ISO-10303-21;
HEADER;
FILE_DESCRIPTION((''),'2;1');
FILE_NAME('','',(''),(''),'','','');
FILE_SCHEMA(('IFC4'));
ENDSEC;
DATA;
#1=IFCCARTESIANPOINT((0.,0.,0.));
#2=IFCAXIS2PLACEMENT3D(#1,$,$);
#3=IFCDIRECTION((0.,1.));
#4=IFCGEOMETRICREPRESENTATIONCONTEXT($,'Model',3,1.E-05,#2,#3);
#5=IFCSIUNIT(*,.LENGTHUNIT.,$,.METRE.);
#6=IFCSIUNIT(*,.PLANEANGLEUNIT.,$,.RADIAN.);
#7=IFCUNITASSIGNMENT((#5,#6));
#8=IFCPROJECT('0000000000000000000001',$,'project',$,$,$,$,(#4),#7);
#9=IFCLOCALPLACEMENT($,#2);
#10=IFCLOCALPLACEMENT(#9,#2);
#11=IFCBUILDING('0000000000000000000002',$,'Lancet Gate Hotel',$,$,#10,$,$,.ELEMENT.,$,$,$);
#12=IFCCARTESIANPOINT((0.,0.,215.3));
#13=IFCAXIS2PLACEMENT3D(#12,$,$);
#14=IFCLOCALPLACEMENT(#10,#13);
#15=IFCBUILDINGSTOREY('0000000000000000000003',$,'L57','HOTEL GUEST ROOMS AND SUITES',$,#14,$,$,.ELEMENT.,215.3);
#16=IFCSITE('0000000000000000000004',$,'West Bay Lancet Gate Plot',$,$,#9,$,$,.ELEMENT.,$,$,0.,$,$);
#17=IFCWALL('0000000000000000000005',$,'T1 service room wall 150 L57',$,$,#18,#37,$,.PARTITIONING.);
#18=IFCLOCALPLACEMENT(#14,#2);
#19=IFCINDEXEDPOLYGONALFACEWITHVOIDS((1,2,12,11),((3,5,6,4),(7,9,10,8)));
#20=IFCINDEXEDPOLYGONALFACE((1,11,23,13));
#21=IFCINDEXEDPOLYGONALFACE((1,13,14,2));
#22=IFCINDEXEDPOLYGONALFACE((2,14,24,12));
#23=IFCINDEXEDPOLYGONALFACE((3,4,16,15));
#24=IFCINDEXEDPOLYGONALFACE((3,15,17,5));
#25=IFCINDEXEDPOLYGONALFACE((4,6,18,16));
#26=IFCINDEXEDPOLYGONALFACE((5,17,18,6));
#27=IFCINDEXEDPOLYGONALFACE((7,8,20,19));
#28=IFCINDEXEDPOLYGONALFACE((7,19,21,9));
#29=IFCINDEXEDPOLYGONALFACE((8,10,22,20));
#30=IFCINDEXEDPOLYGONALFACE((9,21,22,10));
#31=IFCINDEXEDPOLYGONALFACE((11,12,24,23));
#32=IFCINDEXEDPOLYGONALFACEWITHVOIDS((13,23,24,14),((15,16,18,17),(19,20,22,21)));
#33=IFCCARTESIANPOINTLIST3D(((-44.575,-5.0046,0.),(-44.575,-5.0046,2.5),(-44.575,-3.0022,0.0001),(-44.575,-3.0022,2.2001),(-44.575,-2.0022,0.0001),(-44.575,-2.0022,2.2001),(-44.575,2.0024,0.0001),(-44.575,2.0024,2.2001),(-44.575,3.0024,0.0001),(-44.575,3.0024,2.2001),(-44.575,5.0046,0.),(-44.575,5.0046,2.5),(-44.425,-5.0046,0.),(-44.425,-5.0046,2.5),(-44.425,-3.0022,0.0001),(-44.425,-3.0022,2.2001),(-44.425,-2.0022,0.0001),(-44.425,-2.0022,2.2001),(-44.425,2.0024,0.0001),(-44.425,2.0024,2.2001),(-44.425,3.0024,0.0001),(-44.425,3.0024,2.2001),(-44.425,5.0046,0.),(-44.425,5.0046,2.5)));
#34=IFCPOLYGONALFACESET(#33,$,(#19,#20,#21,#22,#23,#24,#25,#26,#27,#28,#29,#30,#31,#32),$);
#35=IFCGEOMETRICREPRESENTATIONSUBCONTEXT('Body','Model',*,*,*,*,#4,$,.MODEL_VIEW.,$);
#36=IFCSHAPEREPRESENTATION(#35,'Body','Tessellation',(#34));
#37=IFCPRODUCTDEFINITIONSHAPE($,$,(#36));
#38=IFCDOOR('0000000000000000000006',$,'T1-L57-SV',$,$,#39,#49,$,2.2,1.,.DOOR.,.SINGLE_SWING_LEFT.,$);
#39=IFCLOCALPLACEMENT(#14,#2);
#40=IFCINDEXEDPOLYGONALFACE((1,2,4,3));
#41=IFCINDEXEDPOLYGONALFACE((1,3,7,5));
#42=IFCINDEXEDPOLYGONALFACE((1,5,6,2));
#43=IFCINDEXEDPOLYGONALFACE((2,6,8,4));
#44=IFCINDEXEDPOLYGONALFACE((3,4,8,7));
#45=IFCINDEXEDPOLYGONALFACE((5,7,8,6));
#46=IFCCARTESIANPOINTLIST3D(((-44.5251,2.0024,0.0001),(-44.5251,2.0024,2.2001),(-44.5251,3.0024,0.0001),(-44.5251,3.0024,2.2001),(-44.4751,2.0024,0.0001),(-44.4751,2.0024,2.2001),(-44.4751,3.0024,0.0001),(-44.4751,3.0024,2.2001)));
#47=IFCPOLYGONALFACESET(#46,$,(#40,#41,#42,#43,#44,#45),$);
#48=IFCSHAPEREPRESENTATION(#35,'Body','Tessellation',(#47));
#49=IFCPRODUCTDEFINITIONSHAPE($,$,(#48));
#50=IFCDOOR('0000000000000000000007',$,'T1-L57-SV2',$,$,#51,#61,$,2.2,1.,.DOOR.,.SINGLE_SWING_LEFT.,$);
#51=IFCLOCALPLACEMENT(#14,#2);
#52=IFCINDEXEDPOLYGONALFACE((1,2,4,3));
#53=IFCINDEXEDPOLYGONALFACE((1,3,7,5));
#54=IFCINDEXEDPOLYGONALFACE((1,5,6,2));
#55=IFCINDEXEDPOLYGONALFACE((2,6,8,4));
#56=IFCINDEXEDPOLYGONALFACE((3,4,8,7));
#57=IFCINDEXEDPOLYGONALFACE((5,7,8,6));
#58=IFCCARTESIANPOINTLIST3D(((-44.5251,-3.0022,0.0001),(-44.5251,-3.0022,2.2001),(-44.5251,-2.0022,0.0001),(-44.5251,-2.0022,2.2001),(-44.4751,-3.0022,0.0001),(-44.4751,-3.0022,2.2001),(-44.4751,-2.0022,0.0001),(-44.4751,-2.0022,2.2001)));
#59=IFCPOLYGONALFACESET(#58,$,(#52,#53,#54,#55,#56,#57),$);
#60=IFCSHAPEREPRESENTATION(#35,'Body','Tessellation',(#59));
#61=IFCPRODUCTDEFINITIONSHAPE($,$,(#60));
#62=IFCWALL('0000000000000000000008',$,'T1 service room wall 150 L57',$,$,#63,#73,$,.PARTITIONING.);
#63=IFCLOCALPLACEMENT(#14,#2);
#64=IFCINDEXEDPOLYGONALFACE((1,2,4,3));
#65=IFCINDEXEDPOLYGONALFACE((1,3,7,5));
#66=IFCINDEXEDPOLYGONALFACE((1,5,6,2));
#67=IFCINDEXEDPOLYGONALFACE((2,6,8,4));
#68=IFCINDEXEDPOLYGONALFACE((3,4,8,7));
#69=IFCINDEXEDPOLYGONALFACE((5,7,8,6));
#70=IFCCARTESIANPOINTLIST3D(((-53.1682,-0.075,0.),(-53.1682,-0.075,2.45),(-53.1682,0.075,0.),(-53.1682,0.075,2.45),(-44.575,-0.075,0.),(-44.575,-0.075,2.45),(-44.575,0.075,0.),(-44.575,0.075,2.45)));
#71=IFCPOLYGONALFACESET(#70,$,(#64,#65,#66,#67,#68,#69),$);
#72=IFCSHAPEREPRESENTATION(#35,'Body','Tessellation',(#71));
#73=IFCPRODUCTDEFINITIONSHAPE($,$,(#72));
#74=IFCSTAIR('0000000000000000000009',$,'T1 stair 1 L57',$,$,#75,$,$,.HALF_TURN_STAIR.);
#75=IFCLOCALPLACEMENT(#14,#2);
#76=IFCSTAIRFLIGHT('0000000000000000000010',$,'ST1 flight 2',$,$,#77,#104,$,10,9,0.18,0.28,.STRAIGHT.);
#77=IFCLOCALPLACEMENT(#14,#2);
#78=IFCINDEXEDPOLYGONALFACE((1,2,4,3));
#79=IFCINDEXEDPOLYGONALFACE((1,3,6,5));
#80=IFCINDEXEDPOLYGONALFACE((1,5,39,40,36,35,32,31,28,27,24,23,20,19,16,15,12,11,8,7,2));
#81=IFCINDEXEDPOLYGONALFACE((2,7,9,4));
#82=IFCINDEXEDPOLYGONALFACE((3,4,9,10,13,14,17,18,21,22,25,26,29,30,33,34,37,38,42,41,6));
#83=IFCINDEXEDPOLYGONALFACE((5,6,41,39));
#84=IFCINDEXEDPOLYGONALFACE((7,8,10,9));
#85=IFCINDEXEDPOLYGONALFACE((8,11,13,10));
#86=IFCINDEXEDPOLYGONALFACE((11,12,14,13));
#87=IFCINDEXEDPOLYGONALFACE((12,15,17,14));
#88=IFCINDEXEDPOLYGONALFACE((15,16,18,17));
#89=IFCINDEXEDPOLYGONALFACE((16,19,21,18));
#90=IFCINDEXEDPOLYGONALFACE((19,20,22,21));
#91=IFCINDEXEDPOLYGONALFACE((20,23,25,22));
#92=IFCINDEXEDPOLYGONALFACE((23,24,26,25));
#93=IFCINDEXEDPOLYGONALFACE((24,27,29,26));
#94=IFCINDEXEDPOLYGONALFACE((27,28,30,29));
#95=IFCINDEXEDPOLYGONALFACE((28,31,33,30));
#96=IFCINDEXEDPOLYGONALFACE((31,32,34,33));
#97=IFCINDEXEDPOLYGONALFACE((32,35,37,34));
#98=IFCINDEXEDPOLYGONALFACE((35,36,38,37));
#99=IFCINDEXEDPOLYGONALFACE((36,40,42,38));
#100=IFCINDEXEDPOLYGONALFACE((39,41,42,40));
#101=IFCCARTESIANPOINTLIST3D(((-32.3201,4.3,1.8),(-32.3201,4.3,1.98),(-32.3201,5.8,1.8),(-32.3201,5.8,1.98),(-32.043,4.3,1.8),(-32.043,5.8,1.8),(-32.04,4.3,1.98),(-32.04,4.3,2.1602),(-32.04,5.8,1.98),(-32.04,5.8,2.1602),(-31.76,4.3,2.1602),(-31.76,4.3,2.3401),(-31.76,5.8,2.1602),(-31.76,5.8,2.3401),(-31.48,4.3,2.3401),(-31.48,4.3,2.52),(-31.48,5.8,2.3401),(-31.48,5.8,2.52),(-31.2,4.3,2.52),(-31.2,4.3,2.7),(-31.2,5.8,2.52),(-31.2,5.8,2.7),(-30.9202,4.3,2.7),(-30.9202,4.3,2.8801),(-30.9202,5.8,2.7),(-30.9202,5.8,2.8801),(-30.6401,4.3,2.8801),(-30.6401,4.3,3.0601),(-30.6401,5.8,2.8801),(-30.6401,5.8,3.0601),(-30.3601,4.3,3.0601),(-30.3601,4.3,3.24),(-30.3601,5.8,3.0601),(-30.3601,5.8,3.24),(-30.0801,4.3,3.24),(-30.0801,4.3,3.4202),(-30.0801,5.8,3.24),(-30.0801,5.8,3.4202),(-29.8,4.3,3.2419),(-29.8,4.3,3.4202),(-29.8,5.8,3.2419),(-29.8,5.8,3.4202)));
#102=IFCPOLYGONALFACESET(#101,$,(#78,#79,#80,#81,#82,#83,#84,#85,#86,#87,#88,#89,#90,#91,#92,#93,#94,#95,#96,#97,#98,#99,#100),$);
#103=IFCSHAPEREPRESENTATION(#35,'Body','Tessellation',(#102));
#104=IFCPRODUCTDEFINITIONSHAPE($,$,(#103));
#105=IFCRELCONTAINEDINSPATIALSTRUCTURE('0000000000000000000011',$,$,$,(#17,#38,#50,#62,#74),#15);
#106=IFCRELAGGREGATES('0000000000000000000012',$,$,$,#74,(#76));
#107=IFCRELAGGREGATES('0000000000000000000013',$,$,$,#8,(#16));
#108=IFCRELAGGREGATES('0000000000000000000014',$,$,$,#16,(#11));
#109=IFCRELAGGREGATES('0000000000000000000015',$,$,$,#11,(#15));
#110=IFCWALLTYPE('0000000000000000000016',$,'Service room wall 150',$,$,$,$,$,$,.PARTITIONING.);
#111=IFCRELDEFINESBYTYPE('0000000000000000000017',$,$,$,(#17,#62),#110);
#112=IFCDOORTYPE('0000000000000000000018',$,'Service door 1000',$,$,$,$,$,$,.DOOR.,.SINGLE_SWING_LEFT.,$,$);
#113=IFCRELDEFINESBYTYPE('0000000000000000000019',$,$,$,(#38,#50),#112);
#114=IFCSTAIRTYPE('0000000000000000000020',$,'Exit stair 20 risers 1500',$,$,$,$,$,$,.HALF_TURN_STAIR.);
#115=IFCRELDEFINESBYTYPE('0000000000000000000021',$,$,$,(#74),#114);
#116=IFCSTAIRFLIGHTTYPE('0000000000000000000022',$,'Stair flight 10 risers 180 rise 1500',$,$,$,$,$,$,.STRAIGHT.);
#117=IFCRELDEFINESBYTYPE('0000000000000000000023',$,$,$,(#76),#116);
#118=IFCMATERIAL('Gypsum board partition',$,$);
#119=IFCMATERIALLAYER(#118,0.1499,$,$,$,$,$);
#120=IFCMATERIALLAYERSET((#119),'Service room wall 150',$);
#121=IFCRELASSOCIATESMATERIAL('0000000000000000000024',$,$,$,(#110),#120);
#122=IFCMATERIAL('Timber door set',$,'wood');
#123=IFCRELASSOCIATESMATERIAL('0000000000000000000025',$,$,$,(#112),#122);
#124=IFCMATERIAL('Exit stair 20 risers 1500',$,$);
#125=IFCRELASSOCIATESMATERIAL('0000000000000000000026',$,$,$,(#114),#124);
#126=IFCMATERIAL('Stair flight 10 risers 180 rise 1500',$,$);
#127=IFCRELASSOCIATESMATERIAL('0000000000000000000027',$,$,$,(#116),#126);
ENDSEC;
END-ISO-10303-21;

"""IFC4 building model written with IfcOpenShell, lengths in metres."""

from ifc_helpers import new_model, si_unit, direction, frame, frame_2d, origin, place, context, subcontext, project, spatial, polyline, rectangle, outline, extrude, material, layer, layer_set, type_object, element, fill, aggregate, save


model = new_model("IFC4")

# Units and contexts
model_context = context("Model", 3, precision=1e-05, world=origin(), true_north=direction((0.0, 1.0)))
body_context = subcontext(model_context, "Body", "Model", "MODEL_VIEW")
ifc_project = project(units=[si_unit("LENGTHUNIT", "METRE"), si_unit("PLANEANGLEUNIT", "RADIAN")], contexts=[model_context])

# Site, building, storey
site_placement = place(None, origin())
site = spatial("IfcSite", under=ifc_project, at=site_placement, Name="West Bay Lancet Gate Plot", CompositionType="ELEMENT", RefElevation=0.0)
building_placement = place(site_placement, origin())
building = spatial("IfcBuilding", under=site, at=building_placement, Name="Lancet Gate Hotel", CompositionType="ELEMENT")
storey_placement = place(building_placement, frame((0.0, 0.0, 215.3)))
storey = spatial("IfcBuildingStorey", under=building, at=storey_placement, Name="L57", Description="HOTEL GUEST ROOMS AND SUITES", CompositionType="ELEMENT", Elevation=215.3)

# Shared definitions
ifc_material_1 = material(Name="Gypsum board partition")
ifc_layer_1 = layer(ifc_material_1, 0.1499)
ifc_layer_set_1 = layer_set([ifc_layer_1], Name="Service room wall 150")
wall_type_1 = type_object("IfcWallType", Name="Service room wall 150", PredefinedType="PARTITIONING", material=ifc_layer_set_1)

# Wall, openings, doors
wall_1_placement = place(storey_placement, frame((-44.5, 5.0046, 0.0), z_axis=(0.0, 0.0, 1.0), x_axis=(0.0, -1.0, 0.0)))
wall_1 = element("IfcWall", 1, at=wall_1_placement, inside=storey, type_object=wall_type_1, Name="T1 service room wall 150 L57", PredefinedType="PARTITIONING", context=body_context, shape_type="SweptSolid", body=[
    extrude(rectangle(XDim=10.0093, YDim=0.1499, at=frame_2d((5.0046, 0.0))), origin(), (0.0, 0.0, 1.0), 2.5),
])
opening_1_placement = place(wall_1_placement, frame((2.0022, 0.0, 0.0)))
opening_1 = element("IfcOpeningElement", 2, at=opening_1_placement, cuts=wall_1, PredefinedType="OPENING", context=body_context, shape_type="SweptSolid", body=[
    extrude(rectangle(XDim=1.0, YDim=2.2, at=frame_2d((0.5, 1.1001))), frame((0.0, 0.085, 0.0), z_axis=(0.0, -1.0, 0.0), x_axis=(1.0, 0.0, 0.0)), (0.0, 0.0, 1.0), 0.1699),
])
opening_2_placement = place(wall_1_placement, frame((7.0068, 0.0, 0.0)))
opening_2 = element("IfcOpeningElement", 3, at=opening_2_placement, cuts=wall_1, PredefinedType="OPENING", context=body_context, shape_type="SweptSolid", body=[
    extrude(rectangle(XDim=1.0, YDim=2.2, at=frame_2d((0.5, 1.1001))), frame((0.0, 0.085, 0.0), z_axis=(0.0, -1.0, 0.0), x_axis=(1.0, 0.0, 0.0)), (0.0, 0.0, 1.0), 0.1699),
])
ifc_material_2 = material(Name="Timber door set", Category="wood")
door_type_1 = type_object("IfcDoorType", Name="Service door 1000", OperationType="SINGLE_SWING_LEFT", PredefinedType="DOOR", material=ifc_material_2)
door_1_placement = place(opening_1_placement, origin())
door_1 = element("IfcDoor", 4, at=door_1_placement, inside=storey, type_object=door_type_1, Name="T1-L57-SV", OperationType="SINGLE_SWING_LEFT", OverallHeight=2.2, OverallWidth=1.0, PredefinedType="DOOR", context=body_context, shape_type="SweptSolid", body=[
    extrude(rectangle(XDim=1.0, YDim=2.2, at=frame_2d((0.5, 1.1001))), frame((0.0, 0.0249, 0.0), z_axis=(0.0, -1.0, 0.0), x_axis=(1.0, 0.0, 0.0)), (0.0, 0.0, 1.0), 0.05),
])
fill(opening_1, door_1)
door_2_placement = place(opening_2_placement, origin())
door_2 = element("IfcDoor", 5, at=door_2_placement, inside=storey, type_object=door_type_1, Name="T1-L57-SV2", OperationType="SINGLE_SWING_LEFT", OverallHeight=2.2, OverallWidth=1.0, PredefinedType="DOOR", context=body_context, shape_type="SweptSolid", body=[
    extrude(rectangle(XDim=1.0, YDim=2.2, at=frame_2d((0.5, 1.1001))), frame((0.0, 0.0249, 0.0), z_axis=(0.0, -1.0, 0.0), x_axis=(1.0, 0.0, 0.0)), (0.0, 0.0, 1.0), 0.05),
])
fill(opening_2, door_2)

# Wall
wall_2_placement = place(storey_placement, frame((-44.575, 0.0, 0.0), z_axis=(0.0, 0.0, 1.0), x_axis=(-1.0, 0.0, 0.0)))
element("IfcWall", 6, at=wall_2_placement, inside=storey, type_object=wall_type_1, Name="T1 service room wall 150 L57", PredefinedType="PARTITIONING", context=body_context, shape_type="SweptSolid", body=[
    extrude(rectangle(XDim=8.5933, YDim=0.1499, at=frame_2d((4.2966, 0.0))), origin(), (0.0, 0.0, 1.0), 2.45),
])

# Stair, stair flight
ifc_material_3 = material(Name="Exit stair 20 risers 1500")
stair_type = type_object("IfcStairType", Name="Exit stair 20 risers 1500", PredefinedType="HALF_TURN_STAIR", material=ifc_material_3)
stair_placement = place(storey_placement, origin())
stair = element("IfcStair", 7, at=stair_placement, inside=storey, type_object=stair_type, Name="T1 stair 1 L57", PredefinedType="HALF_TURN_STAIR")
ifc_material_4 = material(Name="Stair flight 10 risers 180 rise 1500")
stair_flight_type = type_object("IfcStairFlightType", Name="Stair flight 10 risers 180 rise 1500", PredefinedType="STRAIGHT", material=ifc_material_4)
stair_flight_placement = place(storey_placement, frame((-32.3201, 5.05, 1.8), z_axis=(0.0, 0.0, 1.0), x_axis=(1.0, 0.0, 0.0)))
stair_flight = element("IfcStairFlight", 8, at=stair_flight_placement, type_object=stair_flight_type, Name="ST1 flight 2", NumberOfRisers=10, NumberOfTreads=9, PredefinedType="STRAIGHT", RiserHeight=0.18, TreadLength=0.28, context=body_context, shape_type="SweptSolid", body=[
    extrude(outline(polyline([(0.0, 0.0), (0.0, 0.1799), (0.28, 0.1799), (0.28, 0.3601), (0.5601, 0.3601), (0.5601, 0.54), (0.8401, 0.54), (0.8401, 0.72), (1.1201, 0.72), (1.1201, 0.8999), (1.3999, 0.8999), (1.3999, 1.0801), (1.6799, 1.0801), (1.6799, 1.26), (1.96, 1.26), (1.96, 1.4399), (2.24, 1.4399), (2.24, 1.6201), (2.52, 1.6201), (2.52, 1.8), (2.52, 1.4419), (0.2771, 0.0), (0.0, 0.0)])), frame((0.0, 0.75, 0.0), z_axis=(0.0, -1.0, 0.0), x_axis=(1.0, 0.0, 0.0)), (0.0, 0.0, 1.0), 1.5),
])
aggregate(stair, [stair_flight])

save(model, "model.ifc")
